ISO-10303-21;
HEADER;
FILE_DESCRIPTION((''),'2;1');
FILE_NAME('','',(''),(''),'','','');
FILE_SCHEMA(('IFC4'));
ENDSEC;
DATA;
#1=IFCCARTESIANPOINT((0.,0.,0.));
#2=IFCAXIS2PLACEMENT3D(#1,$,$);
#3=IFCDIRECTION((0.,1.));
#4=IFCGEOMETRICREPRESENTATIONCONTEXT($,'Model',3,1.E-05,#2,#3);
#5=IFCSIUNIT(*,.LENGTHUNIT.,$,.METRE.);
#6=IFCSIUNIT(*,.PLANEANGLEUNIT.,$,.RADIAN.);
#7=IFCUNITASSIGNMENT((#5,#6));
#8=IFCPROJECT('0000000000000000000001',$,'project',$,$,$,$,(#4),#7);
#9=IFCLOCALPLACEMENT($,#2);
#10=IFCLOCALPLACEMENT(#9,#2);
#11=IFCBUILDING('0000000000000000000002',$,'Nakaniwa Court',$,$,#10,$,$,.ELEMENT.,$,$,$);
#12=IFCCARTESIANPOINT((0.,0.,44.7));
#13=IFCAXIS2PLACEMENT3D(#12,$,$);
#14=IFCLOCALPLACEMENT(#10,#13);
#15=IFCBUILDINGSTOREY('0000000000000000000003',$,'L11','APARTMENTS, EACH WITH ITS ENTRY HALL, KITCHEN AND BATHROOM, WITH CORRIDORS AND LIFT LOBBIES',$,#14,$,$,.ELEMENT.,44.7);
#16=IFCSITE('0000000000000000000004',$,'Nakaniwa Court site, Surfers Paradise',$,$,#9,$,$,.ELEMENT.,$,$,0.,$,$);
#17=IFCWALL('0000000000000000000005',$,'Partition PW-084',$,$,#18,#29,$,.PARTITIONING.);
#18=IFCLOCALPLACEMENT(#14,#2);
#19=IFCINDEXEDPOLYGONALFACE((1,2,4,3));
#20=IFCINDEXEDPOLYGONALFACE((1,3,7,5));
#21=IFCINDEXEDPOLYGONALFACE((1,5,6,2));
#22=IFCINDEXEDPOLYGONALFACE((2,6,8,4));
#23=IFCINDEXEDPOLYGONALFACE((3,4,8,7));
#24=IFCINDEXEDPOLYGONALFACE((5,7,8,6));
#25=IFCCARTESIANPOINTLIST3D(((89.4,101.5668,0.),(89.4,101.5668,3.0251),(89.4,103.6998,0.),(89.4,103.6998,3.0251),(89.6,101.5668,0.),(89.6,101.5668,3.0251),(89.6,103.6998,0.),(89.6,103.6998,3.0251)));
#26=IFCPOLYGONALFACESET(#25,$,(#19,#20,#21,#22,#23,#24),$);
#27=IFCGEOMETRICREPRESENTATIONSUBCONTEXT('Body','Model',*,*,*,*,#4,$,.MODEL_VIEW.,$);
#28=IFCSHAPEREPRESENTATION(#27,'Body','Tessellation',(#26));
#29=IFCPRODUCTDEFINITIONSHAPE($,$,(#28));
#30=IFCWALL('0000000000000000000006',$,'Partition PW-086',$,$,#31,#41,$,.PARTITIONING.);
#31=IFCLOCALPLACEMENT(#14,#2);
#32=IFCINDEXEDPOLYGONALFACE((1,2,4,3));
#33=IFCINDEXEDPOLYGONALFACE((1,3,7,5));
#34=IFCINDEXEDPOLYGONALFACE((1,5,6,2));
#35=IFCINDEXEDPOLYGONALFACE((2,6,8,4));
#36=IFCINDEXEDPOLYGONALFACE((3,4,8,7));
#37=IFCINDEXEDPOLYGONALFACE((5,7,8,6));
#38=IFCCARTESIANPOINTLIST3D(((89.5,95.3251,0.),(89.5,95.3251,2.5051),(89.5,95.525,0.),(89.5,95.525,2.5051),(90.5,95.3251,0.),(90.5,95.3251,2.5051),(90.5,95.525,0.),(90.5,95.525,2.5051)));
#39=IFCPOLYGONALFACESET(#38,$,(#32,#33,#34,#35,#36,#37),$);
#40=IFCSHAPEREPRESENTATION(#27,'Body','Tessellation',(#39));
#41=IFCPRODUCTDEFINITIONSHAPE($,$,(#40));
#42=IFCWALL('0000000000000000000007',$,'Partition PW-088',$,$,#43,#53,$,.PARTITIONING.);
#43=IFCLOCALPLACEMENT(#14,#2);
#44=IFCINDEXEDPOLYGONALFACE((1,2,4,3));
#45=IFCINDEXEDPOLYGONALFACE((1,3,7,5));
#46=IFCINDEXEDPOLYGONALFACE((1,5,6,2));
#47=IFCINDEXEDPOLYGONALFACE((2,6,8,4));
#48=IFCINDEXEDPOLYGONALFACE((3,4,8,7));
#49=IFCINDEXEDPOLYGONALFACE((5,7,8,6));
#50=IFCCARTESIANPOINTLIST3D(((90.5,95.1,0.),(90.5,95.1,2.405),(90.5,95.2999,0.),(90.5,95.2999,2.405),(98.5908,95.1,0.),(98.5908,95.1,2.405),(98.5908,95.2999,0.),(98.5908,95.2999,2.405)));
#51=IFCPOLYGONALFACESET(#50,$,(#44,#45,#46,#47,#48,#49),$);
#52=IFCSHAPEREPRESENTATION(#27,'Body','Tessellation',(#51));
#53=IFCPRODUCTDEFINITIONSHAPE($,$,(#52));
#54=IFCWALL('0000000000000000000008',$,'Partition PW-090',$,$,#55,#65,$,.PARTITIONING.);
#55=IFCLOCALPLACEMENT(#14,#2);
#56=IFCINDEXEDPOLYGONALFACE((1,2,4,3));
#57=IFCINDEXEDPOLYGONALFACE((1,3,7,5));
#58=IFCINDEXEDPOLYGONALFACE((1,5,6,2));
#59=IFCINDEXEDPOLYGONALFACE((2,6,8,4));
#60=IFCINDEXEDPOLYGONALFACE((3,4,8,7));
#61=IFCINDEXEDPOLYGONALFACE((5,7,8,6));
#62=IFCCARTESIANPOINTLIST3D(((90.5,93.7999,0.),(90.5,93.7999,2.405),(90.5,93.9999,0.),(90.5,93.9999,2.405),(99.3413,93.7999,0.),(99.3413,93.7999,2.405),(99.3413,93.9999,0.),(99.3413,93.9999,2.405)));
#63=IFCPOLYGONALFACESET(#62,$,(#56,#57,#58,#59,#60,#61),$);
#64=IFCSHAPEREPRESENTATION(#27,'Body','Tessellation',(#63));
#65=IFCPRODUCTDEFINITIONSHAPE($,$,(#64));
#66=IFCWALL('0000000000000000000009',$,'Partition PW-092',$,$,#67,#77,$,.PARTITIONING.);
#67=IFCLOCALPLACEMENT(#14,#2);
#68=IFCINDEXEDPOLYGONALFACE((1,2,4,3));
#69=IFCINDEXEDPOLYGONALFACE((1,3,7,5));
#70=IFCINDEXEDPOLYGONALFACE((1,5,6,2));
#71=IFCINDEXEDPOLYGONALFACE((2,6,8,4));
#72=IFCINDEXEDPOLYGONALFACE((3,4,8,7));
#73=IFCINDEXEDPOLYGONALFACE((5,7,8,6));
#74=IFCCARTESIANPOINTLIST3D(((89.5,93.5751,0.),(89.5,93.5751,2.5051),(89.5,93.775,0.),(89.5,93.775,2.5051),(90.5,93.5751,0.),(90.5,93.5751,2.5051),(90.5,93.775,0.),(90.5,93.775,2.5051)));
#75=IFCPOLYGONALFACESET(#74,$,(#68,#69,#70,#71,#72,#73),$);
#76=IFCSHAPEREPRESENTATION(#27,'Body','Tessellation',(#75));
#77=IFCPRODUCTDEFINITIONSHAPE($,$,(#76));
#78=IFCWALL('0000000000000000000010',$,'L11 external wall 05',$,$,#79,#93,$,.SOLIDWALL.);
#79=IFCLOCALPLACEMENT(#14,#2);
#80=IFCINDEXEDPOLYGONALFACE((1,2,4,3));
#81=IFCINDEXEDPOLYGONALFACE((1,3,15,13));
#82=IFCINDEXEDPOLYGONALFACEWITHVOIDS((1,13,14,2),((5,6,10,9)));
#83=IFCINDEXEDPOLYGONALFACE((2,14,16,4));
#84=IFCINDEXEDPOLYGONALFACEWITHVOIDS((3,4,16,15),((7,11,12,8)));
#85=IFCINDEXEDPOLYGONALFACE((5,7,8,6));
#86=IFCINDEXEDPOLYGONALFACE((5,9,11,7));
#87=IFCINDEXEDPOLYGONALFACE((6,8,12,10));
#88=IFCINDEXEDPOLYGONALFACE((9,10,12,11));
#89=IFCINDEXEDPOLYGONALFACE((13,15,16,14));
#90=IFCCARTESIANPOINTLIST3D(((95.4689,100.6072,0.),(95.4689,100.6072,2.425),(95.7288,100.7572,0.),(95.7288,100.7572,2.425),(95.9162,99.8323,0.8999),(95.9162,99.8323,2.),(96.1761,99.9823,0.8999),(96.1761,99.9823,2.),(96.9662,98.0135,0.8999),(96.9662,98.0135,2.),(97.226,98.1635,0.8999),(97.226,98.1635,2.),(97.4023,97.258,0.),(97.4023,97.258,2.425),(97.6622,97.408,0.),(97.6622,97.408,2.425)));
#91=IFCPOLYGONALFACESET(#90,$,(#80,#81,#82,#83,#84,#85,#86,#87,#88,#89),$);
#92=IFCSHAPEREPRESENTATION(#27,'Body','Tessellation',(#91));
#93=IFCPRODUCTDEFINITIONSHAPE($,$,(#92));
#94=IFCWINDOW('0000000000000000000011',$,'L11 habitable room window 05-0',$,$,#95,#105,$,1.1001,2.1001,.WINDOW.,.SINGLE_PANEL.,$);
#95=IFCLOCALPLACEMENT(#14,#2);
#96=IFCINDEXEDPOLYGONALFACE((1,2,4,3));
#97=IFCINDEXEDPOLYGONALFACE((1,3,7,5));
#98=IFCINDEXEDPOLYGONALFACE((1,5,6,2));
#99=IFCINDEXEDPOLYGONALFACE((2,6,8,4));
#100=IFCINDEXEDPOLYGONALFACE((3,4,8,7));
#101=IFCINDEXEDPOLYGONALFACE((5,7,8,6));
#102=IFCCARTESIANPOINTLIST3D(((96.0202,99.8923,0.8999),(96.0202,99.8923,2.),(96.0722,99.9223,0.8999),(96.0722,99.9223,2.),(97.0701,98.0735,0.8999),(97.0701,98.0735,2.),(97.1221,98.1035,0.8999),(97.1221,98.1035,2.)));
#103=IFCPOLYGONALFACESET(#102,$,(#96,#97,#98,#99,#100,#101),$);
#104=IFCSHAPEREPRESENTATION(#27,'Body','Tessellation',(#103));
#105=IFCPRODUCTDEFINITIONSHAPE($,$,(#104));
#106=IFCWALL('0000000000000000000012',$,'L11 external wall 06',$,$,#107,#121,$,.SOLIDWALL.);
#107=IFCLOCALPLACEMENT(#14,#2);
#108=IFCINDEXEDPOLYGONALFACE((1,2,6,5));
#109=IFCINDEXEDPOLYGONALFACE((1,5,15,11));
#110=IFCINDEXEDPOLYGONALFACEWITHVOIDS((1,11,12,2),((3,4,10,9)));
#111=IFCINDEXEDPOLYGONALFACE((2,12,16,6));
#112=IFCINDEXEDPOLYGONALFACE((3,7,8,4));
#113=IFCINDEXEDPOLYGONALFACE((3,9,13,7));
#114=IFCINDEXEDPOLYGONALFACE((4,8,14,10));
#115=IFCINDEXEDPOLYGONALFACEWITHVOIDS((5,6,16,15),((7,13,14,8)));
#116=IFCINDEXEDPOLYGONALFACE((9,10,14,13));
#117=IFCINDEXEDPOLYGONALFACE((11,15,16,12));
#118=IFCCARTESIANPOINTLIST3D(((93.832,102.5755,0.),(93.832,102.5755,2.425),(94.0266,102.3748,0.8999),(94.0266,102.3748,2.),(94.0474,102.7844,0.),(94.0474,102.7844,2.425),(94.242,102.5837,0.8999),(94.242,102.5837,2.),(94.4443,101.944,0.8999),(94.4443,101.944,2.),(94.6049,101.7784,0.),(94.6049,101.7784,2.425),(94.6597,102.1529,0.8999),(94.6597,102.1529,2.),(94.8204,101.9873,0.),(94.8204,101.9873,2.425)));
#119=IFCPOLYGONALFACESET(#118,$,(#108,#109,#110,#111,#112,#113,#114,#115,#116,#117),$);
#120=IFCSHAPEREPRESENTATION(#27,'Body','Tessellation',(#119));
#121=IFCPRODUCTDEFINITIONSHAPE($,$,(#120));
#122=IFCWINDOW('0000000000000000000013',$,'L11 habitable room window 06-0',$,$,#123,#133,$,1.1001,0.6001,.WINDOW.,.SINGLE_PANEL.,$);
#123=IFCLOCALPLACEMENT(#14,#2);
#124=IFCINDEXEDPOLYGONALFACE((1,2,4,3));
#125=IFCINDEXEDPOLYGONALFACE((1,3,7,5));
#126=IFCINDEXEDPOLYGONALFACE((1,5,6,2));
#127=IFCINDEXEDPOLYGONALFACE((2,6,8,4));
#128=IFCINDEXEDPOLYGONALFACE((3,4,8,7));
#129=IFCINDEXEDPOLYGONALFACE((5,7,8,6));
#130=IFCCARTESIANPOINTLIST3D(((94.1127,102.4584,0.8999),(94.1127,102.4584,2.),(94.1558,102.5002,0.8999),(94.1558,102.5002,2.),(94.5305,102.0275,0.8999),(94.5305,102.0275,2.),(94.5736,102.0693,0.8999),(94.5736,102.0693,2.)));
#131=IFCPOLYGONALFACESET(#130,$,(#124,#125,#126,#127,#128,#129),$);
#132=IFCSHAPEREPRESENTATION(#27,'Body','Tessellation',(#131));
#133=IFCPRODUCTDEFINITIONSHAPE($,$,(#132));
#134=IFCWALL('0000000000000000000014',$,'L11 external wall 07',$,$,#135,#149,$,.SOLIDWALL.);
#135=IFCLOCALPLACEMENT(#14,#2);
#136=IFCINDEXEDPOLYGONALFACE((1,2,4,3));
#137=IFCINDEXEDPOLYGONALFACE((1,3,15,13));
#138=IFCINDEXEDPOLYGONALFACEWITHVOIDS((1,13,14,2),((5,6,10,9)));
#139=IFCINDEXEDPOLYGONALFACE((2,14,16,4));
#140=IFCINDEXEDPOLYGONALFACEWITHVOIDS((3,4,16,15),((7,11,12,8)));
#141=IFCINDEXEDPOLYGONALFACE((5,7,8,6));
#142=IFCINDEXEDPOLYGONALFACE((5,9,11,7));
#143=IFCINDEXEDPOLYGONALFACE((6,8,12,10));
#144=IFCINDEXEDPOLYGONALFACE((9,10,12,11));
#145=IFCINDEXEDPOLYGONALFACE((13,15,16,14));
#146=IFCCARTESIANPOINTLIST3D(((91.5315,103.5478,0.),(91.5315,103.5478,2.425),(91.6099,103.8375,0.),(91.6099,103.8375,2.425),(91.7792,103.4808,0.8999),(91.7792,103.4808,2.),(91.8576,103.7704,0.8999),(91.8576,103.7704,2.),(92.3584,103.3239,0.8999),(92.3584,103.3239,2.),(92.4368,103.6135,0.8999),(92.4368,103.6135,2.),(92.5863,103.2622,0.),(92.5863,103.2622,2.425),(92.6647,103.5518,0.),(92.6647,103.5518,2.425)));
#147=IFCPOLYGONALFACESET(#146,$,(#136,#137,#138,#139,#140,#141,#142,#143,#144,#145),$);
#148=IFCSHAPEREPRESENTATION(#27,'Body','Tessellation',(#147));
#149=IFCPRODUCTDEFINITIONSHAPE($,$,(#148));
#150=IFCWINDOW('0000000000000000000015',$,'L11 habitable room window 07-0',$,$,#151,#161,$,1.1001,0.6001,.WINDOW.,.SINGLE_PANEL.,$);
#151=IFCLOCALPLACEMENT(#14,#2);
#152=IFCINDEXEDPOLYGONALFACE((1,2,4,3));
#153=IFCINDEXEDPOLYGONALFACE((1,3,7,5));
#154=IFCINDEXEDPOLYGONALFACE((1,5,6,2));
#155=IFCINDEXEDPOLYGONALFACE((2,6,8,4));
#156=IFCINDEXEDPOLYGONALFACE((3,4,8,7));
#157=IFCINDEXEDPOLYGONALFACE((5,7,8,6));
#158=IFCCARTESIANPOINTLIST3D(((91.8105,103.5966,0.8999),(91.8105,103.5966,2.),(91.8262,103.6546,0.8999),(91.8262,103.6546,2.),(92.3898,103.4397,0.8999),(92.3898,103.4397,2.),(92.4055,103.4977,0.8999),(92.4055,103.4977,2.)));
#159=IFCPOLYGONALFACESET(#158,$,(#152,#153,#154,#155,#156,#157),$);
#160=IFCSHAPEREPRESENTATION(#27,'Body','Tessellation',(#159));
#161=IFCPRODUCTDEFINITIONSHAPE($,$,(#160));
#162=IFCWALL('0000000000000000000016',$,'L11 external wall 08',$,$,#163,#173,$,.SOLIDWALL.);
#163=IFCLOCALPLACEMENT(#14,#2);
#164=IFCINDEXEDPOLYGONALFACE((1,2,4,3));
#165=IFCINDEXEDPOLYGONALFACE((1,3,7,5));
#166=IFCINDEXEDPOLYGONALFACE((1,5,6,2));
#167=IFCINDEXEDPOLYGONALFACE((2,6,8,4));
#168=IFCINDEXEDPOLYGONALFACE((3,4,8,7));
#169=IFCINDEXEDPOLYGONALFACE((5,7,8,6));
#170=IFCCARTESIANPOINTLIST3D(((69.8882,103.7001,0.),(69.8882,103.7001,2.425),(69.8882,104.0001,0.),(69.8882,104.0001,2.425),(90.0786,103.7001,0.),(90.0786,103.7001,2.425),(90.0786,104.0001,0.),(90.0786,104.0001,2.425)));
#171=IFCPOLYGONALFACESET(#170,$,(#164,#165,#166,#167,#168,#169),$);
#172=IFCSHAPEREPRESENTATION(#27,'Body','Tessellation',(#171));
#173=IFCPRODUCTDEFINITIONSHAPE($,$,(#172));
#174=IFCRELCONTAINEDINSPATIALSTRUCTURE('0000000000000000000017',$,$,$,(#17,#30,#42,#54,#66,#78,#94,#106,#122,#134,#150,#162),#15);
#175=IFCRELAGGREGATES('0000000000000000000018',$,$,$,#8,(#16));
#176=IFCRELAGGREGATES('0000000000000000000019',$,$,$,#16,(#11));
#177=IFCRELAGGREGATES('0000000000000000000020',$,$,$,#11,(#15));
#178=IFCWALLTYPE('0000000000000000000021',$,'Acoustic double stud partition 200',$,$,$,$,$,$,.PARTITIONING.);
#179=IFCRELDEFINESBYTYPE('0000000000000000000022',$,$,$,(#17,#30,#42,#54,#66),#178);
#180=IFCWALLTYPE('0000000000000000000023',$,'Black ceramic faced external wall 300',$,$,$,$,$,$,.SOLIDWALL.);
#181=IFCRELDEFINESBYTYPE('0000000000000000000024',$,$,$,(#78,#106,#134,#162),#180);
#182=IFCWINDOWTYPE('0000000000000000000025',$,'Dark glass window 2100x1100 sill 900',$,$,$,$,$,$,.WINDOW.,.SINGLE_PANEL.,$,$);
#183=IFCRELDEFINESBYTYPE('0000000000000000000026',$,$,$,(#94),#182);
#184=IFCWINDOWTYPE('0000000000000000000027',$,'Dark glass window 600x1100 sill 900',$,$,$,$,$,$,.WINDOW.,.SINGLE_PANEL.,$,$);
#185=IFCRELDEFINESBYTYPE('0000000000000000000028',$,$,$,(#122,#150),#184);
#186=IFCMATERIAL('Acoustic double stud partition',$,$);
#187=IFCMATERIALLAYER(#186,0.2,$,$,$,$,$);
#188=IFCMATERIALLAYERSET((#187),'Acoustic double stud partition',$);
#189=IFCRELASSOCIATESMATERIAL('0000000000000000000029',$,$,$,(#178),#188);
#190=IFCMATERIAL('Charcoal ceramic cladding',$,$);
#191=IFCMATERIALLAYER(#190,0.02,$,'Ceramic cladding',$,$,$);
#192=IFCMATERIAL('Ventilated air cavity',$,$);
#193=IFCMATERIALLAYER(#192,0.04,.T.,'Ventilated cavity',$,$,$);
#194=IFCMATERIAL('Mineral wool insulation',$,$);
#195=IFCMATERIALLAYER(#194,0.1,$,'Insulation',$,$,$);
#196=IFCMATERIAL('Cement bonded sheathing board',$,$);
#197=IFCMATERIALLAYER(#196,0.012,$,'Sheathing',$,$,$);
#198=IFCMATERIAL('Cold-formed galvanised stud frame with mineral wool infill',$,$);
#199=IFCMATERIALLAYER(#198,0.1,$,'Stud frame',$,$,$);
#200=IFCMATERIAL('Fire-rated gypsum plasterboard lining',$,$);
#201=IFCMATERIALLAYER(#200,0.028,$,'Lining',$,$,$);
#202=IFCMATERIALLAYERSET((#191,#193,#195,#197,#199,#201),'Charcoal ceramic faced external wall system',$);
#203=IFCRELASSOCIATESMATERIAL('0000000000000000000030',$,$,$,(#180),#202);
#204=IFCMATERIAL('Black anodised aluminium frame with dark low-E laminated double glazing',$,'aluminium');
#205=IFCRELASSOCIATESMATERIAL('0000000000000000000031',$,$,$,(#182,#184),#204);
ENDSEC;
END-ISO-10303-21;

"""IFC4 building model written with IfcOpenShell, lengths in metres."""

from ifc_helpers import new_model, si_unit, direction, frame, frame_2d, origin, place, context, subcontext, project, spatial, rectangle, extrude, material, layer, layer_set, type_object, element, fill, save


model = new_model("IFC4")

# Units and contexts
model_context = context("Model", 3, precision=1e-05, world=origin(), true_north=direction((0.0, 1.0)))
body_context = subcontext(model_context, "Body", "Model", "MODEL_VIEW")
ifc_project = project(units=[si_unit("LENGTHUNIT", "METRE"), si_unit("PLANEANGLEUNIT", "RADIAN")], contexts=[model_context])

# Site, building, storey
site_placement = place(None, origin())
site = spatial("IfcSite", under=ifc_project, at=site_placement, Name="Nakaniwa Court site, Surfers Paradise", CompositionType="ELEMENT", RefElevation=0.0)
building_placement = place(site_placement, origin())
building = spatial("IfcBuilding", under=site, at=building_placement, Name="Nakaniwa Court", CompositionType="ELEMENT")
storey_placement = place(building_placement, frame((0.0, 0.0, 44.7)))
storey = spatial("IfcBuildingStorey", under=building, at=storey_placement, Name="L11", Description="APARTMENTS, EACH WITH ITS ENTRY HALL, KITCHEN AND BATHROOM, WITH CORRIDORS AND LIFT LOBBIES", CompositionType="ELEMENT", Elevation=44.7)

# Shared definitions
ifc_material_1 = material(Name="Acoustic double stud partition")
ifc_layer_1 = layer(ifc_material_1, 0.2)
ifc_layer_set_1 = layer_set([ifc_layer_1], Name="Acoustic double stud partition")
wall_type_1 = type_object("IfcWallType", Name="Acoustic double stud partition 200", PredefinedType="PARTITIONING", material=ifc_layer_set_1)

# Walls
wall_1_placement = place(storey_placement, frame((89.5, 101.5669, 0.0), z_axis=(0.0, 0.0, 1.0), x_axis=(0.0, 1.0, 0.0)))
element("IfcWall", 1, at=wall_1_placement, inside=storey, type_object=wall_type_1, Name="Partition PW-084", PredefinedType="PARTITIONING", context=body_context, shape_type="SweptSolid", body=[
    extrude(rectangle(XDim=2.1331, YDim=0.2, at=frame_2d((1.0664, 0.0))), origin(), (0.0, 0.0, 1.0), 3.0251),
])
wall_2_placement = place(storey_placement, frame((89.5, 95.425, 0.0), z_axis=(0.0, 0.0, 1.0), x_axis=(1.0, 0.0, 0.0)))
element("IfcWall", 2, at=wall_2_placement, inside=storey, type_object=wall_type_1, Name="Partition PW-086", PredefinedType="PARTITIONING", context=body_context, shape_type="SweptSolid", body=[
    extrude(rectangle(XDim=1.0, YDim=0.2, at=frame_2d((0.5, 0.0))), origin(), (0.0, 0.0, 1.0), 2.5051),
])
wall_3_placement = place(storey_placement, frame((90.5, 95.2, 0.0), z_axis=(0.0, 0.0, 1.0), x_axis=(1.0, 0.0, 0.0)))
element("IfcWall", 3, at=wall_3_placement, inside=storey, type_object=wall_type_1, Name="Partition PW-088", PredefinedType="PARTITIONING", context=body_context, shape_type="SweptSolid", body=[
    extrude(rectangle(XDim=8.0908, YDim=0.2, at=frame_2d((4.0454, 0.0))), origin(), (0.0, 0.0, 1.0), 2.405),
])
wall_4_placement = place(storey_placement, frame((90.5, 93.8999, 0.0), z_axis=(0.0, 0.0, 1.0), x_axis=(1.0, 0.0, 0.0)))
element("IfcWall", 4, at=wall_4_placement, inside=storey, type_object=wall_type_1, Name="Partition PW-090", PredefinedType="PARTITIONING", context=body_context, shape_type="SweptSolid", body=[
    extrude(rectangle(XDim=8.8413, YDim=0.2, at=frame_2d((4.4207, 0.0))), origin(), (0.0, 0.0, 1.0), 2.405),
])
wall_5_placement = place(storey_placement, frame((89.5, 93.675, 0.0), z_axis=(0.0, 0.0, 1.0), x_axis=(1.0, 0.0, 0.0)))
element("IfcWall", 5, at=wall_5_placement, inside=storey, type_object=wall_type_1, Name="Partition PW-092", PredefinedType="PARTITIONING", context=body_context, shape_type="SweptSolid", body=[
    extrude(rectangle(XDim=1.0, YDim=0.2, at=frame_2d((0.5, 0.0))), origin(), (0.0, 0.0, 1.0), 2.5051),
])

# Walls, openings, windows
ifc_material_2 = material(Name="Charcoal ceramic cladding")
ifc_layer_2 = layer(ifc_material_2, 0.02, Name="Ceramic cladding")
ifc_material_3 = material(Name="Ventilated air cavity")
ifc_layer_3 = layer(ifc_material_3, 0.04, ventilated=True, Name="Ventilated cavity")
ifc_material_4 = material(Name="Mineral wool insulation")
ifc_layer_4 = layer(ifc_material_4, 0.1, Name="Insulation")
ifc_material_5 = material(Name="Cement bonded sheathing board")
ifc_layer_5 = layer(ifc_material_5, 0.012, Name="Sheathing")
ifc_material_6 = material(Name="Cold-formed galvanised stud frame with mineral wool infill")
ifc_layer_6 = layer(ifc_material_6, 0.1, Name="Stud frame")
ifc_material_7 = material(Name="Fire-rated gypsum plasterboard lining")
ifc_layer_7 = layer(ifc_material_7, 0.028, Name="Lining")
ifc_layer_set_2 = layer_set([ifc_layer_2, ifc_layer_3, ifc_layer_4, ifc_layer_5, ifc_layer_6, ifc_layer_7], Name="Charcoal ceramic faced external wall system")
wall_type_2 = type_object("IfcWallType", Name="Black ceramic faced external wall 300", PredefinedType="SOLIDWALL", material=ifc_layer_set_2)
wall_6_placement = place(storey_placement, frame((97.5322, 97.333, 0.0), z_axis=(0.0, 0.0, 1.0), x_axis=(-0.499948, 0.866055, 0.0)))
wall_6 = element("IfcWall", 6, at=wall_6_placement, inside=storey, type_object=wall_type_2, Name="L11 external wall 05", PredefinedType="SOLIDWALL", context=body_context, shape_type="SweptSolid", body=[
    extrude(rectangle(XDim=3.8672, YDim=0.3, at=frame_2d((1.9336, 0.0))), origin(), (0.0, 0.0, 1.0), 2.425),
])
opening_1_placement = place(wall_6_placement, frame((0.8723, 0.0, 0.8999)))
opening_1 = element("IfcOpeningElement", 7, at=opening_1_placement, cuts=wall_6, PredefinedType="OPENING", context=body_context, shape_type="SweptSolid", body=[
    extrude(rectangle(XDim=2.1001, YDim=1.1001, at=frame_2d((1.05, 0.55))), frame((0.0, 0.1599, 0.0), z_axis=(0.0, -1.0, 0.0), x_axis=(1.0, 0.0, 0.0)), (0.0, 0.0, 1.0), 0.3201),
])
ifc_material_8 = material(Name="Black anodised aluminium frame with dark low-E laminated double glazing", Category="aluminium")
window_type_1 = type_object("IfcWindowType", Name="Dark glass window 2100x1100 sill 900", PartitioningType="SINGLE_PANEL", PredefinedType="WINDOW", material=ifc_material_8)
window_1_placement = place(opening_1_placement, origin())
window_1 = element("IfcWindow", 8, at=window_1_placement, inside=storey, type_object=window_type_1, Name="L11 habitable room window 05-0", OverallHeight=1.1001, OverallWidth=2.1001, PartitioningType="SINGLE_PANEL", PredefinedType="WINDOW", context=body_context, shape_type="SweptSolid", body=[
    extrude(rectangle(XDim=2.1001, YDim=1.1001, at=frame_2d((1.05, 0.55))), frame((0.0, 0.03, 0.0), z_axis=(0.0, -1.0, 0.0), x_axis=(1.0, 0.0, 0.0)), (0.0, 0.0, 1.0), 0.0601),
])
fill(opening_1, window_1)
wall_7_placement = place(storey_placement, frame((94.7126, 101.8828, 0.0), z_axis=(0.0, 0.0, 1.0), x_axis=(-0.696139, 0.717907, 0.0)))
wall_7 = element("IfcWall", 9, at=wall_7_placement, inside=storey, type_object=wall_type_2, Name="L11 external wall 06", PredefinedType="SOLIDWALL", context=body_context, shape_type="SweptSolid", body=[
    extrude(rectangle(XDim=1.1104, YDim=0.3, at=frame_2d((0.5552, 0.0))), origin(), (0.0, 0.0, 1.0), 2.425),
])
opening_2_placement = place(wall_7_placement, frame((0.2307, 0.0, 0.8999)))
opening_2 = element("IfcOpeningElement", 10, at=opening_2_placement, cuts=wall_7, PredefinedType="OPENING", context=body_context, shape_type="SweptSolid", body=[
    extrude(rectangle(XDim=0.6001, YDim=1.1001, at=frame_2d((0.3, 0.55))), frame((0.0, 0.1599, 0.0), z_axis=(0.0, -1.0, 0.0), x_axis=(1.0, 0.0, 0.0)), (0.0, 0.0, 1.0), 0.3201),
])
window_type_2 = type_object("IfcWindowType", Name="Dark glass window 600x1100 sill 900", PartitioningType="SINGLE_PANEL", PredefinedType="WINDOW", material=ifc_material_8)
window_2_placement = place(opening_2_placement, origin())
window_2 = element("IfcWindow", 11, at=window_2_placement, inside=storey, type_object=window_type_2, Name="L11 habitable room window 06-0", OverallHeight=1.1001, OverallWidth=0.6001, PartitioningType="SINGLE_PANEL", PredefinedType="WINDOW", context=body_context, shape_type="SweptSolid", body=[
    extrude(rectangle(XDim=0.6001, YDim=1.1001, at=frame_2d((0.3, 0.55))), frame((0.0, 0.03, 0.0), z_axis=(0.0, -1.0, 0.0), x_axis=(1.0, 0.0, 0.0)), (0.0, 0.0, 1.0), 0.0601),
])
fill(opening_2, window_2)
wall_8_placement = place(storey_placement, frame((92.6255, 103.407, 0.0), z_axis=(0.0, 0.0, 1.0), x_axis=(-0.965226, 0.261415, 0.0)))
wall_8 = element("IfcWall", 12, at=wall_8_placement, inside=storey, type_object=wall_type_2, Name="L11 external wall 07", PredefinedType="SOLIDWALL", context=body_context, shape_type="SweptSolid", body=[
    extrude(rectangle(XDim=1.0928, YDim=0.3, at=frame_2d((0.5464, 0.0))), origin(), (0.0, 0.0, 1.0), 2.425),
])
opening_3_placement = place(wall_8_placement, frame((0.2361, 0.0, 0.8999)))
opening_3 = element("IfcOpeningElement", 13, at=opening_3_placement, cuts=wall_8, PredefinedType="OPENING", context=body_context, shape_type="SweptSolid", body=[
    extrude(rectangle(XDim=0.6001, YDim=1.1001, at=frame_2d((0.3, 0.55))), frame((0.0, 0.1599, 0.0), z_axis=(0.0, -1.0, 0.0), x_axis=(1.0, 0.0, 0.0)), (0.0, 0.0, 1.0), 0.3201),
])
window_3_placement = place(opening_3_placement, origin())
window_3 = element("IfcWindow", 14, at=window_3_placement, inside=storey, type_object=window_type_2, Name="L11 habitable room window 07-0", OverallHeight=1.1001, OverallWidth=0.6001, PartitioningType="SINGLE_PANEL", PredefinedType="WINDOW", context=body_context, shape_type="SweptSolid", body=[
    extrude(rectangle(XDim=0.6001, YDim=1.1001, at=frame_2d((0.3, 0.55))), frame((0.0, 0.03, 0.0), z_axis=(0.0, -1.0, 0.0), x_axis=(1.0, 0.0, 0.0)), (0.0, 0.0, 1.0), 0.0601),
])
fill(opening_3, window_3)

# Wall
wall_9_placement = place(storey_placement, frame((90.0786, 103.8501, 0.0), z_axis=(0.0, 0.0, 1.0), x_axis=(-1.0, 0.0, 0.0)))
element("IfcWall", 15, at=wall_9_placement, inside=storey, type_object=wall_type_2, Name="L11 external wall 08", PredefinedType="SOLIDWALL", context=body_context, shape_type="SweptSolid", body=[
    extrude(rectangle(XDim=20.1904, YDim=0.3, at=frame_2d((10.0952, 0.0))), origin(), (0.0, 0.0, 1.0), 2.425),
])

save(model, "model.ifc")
